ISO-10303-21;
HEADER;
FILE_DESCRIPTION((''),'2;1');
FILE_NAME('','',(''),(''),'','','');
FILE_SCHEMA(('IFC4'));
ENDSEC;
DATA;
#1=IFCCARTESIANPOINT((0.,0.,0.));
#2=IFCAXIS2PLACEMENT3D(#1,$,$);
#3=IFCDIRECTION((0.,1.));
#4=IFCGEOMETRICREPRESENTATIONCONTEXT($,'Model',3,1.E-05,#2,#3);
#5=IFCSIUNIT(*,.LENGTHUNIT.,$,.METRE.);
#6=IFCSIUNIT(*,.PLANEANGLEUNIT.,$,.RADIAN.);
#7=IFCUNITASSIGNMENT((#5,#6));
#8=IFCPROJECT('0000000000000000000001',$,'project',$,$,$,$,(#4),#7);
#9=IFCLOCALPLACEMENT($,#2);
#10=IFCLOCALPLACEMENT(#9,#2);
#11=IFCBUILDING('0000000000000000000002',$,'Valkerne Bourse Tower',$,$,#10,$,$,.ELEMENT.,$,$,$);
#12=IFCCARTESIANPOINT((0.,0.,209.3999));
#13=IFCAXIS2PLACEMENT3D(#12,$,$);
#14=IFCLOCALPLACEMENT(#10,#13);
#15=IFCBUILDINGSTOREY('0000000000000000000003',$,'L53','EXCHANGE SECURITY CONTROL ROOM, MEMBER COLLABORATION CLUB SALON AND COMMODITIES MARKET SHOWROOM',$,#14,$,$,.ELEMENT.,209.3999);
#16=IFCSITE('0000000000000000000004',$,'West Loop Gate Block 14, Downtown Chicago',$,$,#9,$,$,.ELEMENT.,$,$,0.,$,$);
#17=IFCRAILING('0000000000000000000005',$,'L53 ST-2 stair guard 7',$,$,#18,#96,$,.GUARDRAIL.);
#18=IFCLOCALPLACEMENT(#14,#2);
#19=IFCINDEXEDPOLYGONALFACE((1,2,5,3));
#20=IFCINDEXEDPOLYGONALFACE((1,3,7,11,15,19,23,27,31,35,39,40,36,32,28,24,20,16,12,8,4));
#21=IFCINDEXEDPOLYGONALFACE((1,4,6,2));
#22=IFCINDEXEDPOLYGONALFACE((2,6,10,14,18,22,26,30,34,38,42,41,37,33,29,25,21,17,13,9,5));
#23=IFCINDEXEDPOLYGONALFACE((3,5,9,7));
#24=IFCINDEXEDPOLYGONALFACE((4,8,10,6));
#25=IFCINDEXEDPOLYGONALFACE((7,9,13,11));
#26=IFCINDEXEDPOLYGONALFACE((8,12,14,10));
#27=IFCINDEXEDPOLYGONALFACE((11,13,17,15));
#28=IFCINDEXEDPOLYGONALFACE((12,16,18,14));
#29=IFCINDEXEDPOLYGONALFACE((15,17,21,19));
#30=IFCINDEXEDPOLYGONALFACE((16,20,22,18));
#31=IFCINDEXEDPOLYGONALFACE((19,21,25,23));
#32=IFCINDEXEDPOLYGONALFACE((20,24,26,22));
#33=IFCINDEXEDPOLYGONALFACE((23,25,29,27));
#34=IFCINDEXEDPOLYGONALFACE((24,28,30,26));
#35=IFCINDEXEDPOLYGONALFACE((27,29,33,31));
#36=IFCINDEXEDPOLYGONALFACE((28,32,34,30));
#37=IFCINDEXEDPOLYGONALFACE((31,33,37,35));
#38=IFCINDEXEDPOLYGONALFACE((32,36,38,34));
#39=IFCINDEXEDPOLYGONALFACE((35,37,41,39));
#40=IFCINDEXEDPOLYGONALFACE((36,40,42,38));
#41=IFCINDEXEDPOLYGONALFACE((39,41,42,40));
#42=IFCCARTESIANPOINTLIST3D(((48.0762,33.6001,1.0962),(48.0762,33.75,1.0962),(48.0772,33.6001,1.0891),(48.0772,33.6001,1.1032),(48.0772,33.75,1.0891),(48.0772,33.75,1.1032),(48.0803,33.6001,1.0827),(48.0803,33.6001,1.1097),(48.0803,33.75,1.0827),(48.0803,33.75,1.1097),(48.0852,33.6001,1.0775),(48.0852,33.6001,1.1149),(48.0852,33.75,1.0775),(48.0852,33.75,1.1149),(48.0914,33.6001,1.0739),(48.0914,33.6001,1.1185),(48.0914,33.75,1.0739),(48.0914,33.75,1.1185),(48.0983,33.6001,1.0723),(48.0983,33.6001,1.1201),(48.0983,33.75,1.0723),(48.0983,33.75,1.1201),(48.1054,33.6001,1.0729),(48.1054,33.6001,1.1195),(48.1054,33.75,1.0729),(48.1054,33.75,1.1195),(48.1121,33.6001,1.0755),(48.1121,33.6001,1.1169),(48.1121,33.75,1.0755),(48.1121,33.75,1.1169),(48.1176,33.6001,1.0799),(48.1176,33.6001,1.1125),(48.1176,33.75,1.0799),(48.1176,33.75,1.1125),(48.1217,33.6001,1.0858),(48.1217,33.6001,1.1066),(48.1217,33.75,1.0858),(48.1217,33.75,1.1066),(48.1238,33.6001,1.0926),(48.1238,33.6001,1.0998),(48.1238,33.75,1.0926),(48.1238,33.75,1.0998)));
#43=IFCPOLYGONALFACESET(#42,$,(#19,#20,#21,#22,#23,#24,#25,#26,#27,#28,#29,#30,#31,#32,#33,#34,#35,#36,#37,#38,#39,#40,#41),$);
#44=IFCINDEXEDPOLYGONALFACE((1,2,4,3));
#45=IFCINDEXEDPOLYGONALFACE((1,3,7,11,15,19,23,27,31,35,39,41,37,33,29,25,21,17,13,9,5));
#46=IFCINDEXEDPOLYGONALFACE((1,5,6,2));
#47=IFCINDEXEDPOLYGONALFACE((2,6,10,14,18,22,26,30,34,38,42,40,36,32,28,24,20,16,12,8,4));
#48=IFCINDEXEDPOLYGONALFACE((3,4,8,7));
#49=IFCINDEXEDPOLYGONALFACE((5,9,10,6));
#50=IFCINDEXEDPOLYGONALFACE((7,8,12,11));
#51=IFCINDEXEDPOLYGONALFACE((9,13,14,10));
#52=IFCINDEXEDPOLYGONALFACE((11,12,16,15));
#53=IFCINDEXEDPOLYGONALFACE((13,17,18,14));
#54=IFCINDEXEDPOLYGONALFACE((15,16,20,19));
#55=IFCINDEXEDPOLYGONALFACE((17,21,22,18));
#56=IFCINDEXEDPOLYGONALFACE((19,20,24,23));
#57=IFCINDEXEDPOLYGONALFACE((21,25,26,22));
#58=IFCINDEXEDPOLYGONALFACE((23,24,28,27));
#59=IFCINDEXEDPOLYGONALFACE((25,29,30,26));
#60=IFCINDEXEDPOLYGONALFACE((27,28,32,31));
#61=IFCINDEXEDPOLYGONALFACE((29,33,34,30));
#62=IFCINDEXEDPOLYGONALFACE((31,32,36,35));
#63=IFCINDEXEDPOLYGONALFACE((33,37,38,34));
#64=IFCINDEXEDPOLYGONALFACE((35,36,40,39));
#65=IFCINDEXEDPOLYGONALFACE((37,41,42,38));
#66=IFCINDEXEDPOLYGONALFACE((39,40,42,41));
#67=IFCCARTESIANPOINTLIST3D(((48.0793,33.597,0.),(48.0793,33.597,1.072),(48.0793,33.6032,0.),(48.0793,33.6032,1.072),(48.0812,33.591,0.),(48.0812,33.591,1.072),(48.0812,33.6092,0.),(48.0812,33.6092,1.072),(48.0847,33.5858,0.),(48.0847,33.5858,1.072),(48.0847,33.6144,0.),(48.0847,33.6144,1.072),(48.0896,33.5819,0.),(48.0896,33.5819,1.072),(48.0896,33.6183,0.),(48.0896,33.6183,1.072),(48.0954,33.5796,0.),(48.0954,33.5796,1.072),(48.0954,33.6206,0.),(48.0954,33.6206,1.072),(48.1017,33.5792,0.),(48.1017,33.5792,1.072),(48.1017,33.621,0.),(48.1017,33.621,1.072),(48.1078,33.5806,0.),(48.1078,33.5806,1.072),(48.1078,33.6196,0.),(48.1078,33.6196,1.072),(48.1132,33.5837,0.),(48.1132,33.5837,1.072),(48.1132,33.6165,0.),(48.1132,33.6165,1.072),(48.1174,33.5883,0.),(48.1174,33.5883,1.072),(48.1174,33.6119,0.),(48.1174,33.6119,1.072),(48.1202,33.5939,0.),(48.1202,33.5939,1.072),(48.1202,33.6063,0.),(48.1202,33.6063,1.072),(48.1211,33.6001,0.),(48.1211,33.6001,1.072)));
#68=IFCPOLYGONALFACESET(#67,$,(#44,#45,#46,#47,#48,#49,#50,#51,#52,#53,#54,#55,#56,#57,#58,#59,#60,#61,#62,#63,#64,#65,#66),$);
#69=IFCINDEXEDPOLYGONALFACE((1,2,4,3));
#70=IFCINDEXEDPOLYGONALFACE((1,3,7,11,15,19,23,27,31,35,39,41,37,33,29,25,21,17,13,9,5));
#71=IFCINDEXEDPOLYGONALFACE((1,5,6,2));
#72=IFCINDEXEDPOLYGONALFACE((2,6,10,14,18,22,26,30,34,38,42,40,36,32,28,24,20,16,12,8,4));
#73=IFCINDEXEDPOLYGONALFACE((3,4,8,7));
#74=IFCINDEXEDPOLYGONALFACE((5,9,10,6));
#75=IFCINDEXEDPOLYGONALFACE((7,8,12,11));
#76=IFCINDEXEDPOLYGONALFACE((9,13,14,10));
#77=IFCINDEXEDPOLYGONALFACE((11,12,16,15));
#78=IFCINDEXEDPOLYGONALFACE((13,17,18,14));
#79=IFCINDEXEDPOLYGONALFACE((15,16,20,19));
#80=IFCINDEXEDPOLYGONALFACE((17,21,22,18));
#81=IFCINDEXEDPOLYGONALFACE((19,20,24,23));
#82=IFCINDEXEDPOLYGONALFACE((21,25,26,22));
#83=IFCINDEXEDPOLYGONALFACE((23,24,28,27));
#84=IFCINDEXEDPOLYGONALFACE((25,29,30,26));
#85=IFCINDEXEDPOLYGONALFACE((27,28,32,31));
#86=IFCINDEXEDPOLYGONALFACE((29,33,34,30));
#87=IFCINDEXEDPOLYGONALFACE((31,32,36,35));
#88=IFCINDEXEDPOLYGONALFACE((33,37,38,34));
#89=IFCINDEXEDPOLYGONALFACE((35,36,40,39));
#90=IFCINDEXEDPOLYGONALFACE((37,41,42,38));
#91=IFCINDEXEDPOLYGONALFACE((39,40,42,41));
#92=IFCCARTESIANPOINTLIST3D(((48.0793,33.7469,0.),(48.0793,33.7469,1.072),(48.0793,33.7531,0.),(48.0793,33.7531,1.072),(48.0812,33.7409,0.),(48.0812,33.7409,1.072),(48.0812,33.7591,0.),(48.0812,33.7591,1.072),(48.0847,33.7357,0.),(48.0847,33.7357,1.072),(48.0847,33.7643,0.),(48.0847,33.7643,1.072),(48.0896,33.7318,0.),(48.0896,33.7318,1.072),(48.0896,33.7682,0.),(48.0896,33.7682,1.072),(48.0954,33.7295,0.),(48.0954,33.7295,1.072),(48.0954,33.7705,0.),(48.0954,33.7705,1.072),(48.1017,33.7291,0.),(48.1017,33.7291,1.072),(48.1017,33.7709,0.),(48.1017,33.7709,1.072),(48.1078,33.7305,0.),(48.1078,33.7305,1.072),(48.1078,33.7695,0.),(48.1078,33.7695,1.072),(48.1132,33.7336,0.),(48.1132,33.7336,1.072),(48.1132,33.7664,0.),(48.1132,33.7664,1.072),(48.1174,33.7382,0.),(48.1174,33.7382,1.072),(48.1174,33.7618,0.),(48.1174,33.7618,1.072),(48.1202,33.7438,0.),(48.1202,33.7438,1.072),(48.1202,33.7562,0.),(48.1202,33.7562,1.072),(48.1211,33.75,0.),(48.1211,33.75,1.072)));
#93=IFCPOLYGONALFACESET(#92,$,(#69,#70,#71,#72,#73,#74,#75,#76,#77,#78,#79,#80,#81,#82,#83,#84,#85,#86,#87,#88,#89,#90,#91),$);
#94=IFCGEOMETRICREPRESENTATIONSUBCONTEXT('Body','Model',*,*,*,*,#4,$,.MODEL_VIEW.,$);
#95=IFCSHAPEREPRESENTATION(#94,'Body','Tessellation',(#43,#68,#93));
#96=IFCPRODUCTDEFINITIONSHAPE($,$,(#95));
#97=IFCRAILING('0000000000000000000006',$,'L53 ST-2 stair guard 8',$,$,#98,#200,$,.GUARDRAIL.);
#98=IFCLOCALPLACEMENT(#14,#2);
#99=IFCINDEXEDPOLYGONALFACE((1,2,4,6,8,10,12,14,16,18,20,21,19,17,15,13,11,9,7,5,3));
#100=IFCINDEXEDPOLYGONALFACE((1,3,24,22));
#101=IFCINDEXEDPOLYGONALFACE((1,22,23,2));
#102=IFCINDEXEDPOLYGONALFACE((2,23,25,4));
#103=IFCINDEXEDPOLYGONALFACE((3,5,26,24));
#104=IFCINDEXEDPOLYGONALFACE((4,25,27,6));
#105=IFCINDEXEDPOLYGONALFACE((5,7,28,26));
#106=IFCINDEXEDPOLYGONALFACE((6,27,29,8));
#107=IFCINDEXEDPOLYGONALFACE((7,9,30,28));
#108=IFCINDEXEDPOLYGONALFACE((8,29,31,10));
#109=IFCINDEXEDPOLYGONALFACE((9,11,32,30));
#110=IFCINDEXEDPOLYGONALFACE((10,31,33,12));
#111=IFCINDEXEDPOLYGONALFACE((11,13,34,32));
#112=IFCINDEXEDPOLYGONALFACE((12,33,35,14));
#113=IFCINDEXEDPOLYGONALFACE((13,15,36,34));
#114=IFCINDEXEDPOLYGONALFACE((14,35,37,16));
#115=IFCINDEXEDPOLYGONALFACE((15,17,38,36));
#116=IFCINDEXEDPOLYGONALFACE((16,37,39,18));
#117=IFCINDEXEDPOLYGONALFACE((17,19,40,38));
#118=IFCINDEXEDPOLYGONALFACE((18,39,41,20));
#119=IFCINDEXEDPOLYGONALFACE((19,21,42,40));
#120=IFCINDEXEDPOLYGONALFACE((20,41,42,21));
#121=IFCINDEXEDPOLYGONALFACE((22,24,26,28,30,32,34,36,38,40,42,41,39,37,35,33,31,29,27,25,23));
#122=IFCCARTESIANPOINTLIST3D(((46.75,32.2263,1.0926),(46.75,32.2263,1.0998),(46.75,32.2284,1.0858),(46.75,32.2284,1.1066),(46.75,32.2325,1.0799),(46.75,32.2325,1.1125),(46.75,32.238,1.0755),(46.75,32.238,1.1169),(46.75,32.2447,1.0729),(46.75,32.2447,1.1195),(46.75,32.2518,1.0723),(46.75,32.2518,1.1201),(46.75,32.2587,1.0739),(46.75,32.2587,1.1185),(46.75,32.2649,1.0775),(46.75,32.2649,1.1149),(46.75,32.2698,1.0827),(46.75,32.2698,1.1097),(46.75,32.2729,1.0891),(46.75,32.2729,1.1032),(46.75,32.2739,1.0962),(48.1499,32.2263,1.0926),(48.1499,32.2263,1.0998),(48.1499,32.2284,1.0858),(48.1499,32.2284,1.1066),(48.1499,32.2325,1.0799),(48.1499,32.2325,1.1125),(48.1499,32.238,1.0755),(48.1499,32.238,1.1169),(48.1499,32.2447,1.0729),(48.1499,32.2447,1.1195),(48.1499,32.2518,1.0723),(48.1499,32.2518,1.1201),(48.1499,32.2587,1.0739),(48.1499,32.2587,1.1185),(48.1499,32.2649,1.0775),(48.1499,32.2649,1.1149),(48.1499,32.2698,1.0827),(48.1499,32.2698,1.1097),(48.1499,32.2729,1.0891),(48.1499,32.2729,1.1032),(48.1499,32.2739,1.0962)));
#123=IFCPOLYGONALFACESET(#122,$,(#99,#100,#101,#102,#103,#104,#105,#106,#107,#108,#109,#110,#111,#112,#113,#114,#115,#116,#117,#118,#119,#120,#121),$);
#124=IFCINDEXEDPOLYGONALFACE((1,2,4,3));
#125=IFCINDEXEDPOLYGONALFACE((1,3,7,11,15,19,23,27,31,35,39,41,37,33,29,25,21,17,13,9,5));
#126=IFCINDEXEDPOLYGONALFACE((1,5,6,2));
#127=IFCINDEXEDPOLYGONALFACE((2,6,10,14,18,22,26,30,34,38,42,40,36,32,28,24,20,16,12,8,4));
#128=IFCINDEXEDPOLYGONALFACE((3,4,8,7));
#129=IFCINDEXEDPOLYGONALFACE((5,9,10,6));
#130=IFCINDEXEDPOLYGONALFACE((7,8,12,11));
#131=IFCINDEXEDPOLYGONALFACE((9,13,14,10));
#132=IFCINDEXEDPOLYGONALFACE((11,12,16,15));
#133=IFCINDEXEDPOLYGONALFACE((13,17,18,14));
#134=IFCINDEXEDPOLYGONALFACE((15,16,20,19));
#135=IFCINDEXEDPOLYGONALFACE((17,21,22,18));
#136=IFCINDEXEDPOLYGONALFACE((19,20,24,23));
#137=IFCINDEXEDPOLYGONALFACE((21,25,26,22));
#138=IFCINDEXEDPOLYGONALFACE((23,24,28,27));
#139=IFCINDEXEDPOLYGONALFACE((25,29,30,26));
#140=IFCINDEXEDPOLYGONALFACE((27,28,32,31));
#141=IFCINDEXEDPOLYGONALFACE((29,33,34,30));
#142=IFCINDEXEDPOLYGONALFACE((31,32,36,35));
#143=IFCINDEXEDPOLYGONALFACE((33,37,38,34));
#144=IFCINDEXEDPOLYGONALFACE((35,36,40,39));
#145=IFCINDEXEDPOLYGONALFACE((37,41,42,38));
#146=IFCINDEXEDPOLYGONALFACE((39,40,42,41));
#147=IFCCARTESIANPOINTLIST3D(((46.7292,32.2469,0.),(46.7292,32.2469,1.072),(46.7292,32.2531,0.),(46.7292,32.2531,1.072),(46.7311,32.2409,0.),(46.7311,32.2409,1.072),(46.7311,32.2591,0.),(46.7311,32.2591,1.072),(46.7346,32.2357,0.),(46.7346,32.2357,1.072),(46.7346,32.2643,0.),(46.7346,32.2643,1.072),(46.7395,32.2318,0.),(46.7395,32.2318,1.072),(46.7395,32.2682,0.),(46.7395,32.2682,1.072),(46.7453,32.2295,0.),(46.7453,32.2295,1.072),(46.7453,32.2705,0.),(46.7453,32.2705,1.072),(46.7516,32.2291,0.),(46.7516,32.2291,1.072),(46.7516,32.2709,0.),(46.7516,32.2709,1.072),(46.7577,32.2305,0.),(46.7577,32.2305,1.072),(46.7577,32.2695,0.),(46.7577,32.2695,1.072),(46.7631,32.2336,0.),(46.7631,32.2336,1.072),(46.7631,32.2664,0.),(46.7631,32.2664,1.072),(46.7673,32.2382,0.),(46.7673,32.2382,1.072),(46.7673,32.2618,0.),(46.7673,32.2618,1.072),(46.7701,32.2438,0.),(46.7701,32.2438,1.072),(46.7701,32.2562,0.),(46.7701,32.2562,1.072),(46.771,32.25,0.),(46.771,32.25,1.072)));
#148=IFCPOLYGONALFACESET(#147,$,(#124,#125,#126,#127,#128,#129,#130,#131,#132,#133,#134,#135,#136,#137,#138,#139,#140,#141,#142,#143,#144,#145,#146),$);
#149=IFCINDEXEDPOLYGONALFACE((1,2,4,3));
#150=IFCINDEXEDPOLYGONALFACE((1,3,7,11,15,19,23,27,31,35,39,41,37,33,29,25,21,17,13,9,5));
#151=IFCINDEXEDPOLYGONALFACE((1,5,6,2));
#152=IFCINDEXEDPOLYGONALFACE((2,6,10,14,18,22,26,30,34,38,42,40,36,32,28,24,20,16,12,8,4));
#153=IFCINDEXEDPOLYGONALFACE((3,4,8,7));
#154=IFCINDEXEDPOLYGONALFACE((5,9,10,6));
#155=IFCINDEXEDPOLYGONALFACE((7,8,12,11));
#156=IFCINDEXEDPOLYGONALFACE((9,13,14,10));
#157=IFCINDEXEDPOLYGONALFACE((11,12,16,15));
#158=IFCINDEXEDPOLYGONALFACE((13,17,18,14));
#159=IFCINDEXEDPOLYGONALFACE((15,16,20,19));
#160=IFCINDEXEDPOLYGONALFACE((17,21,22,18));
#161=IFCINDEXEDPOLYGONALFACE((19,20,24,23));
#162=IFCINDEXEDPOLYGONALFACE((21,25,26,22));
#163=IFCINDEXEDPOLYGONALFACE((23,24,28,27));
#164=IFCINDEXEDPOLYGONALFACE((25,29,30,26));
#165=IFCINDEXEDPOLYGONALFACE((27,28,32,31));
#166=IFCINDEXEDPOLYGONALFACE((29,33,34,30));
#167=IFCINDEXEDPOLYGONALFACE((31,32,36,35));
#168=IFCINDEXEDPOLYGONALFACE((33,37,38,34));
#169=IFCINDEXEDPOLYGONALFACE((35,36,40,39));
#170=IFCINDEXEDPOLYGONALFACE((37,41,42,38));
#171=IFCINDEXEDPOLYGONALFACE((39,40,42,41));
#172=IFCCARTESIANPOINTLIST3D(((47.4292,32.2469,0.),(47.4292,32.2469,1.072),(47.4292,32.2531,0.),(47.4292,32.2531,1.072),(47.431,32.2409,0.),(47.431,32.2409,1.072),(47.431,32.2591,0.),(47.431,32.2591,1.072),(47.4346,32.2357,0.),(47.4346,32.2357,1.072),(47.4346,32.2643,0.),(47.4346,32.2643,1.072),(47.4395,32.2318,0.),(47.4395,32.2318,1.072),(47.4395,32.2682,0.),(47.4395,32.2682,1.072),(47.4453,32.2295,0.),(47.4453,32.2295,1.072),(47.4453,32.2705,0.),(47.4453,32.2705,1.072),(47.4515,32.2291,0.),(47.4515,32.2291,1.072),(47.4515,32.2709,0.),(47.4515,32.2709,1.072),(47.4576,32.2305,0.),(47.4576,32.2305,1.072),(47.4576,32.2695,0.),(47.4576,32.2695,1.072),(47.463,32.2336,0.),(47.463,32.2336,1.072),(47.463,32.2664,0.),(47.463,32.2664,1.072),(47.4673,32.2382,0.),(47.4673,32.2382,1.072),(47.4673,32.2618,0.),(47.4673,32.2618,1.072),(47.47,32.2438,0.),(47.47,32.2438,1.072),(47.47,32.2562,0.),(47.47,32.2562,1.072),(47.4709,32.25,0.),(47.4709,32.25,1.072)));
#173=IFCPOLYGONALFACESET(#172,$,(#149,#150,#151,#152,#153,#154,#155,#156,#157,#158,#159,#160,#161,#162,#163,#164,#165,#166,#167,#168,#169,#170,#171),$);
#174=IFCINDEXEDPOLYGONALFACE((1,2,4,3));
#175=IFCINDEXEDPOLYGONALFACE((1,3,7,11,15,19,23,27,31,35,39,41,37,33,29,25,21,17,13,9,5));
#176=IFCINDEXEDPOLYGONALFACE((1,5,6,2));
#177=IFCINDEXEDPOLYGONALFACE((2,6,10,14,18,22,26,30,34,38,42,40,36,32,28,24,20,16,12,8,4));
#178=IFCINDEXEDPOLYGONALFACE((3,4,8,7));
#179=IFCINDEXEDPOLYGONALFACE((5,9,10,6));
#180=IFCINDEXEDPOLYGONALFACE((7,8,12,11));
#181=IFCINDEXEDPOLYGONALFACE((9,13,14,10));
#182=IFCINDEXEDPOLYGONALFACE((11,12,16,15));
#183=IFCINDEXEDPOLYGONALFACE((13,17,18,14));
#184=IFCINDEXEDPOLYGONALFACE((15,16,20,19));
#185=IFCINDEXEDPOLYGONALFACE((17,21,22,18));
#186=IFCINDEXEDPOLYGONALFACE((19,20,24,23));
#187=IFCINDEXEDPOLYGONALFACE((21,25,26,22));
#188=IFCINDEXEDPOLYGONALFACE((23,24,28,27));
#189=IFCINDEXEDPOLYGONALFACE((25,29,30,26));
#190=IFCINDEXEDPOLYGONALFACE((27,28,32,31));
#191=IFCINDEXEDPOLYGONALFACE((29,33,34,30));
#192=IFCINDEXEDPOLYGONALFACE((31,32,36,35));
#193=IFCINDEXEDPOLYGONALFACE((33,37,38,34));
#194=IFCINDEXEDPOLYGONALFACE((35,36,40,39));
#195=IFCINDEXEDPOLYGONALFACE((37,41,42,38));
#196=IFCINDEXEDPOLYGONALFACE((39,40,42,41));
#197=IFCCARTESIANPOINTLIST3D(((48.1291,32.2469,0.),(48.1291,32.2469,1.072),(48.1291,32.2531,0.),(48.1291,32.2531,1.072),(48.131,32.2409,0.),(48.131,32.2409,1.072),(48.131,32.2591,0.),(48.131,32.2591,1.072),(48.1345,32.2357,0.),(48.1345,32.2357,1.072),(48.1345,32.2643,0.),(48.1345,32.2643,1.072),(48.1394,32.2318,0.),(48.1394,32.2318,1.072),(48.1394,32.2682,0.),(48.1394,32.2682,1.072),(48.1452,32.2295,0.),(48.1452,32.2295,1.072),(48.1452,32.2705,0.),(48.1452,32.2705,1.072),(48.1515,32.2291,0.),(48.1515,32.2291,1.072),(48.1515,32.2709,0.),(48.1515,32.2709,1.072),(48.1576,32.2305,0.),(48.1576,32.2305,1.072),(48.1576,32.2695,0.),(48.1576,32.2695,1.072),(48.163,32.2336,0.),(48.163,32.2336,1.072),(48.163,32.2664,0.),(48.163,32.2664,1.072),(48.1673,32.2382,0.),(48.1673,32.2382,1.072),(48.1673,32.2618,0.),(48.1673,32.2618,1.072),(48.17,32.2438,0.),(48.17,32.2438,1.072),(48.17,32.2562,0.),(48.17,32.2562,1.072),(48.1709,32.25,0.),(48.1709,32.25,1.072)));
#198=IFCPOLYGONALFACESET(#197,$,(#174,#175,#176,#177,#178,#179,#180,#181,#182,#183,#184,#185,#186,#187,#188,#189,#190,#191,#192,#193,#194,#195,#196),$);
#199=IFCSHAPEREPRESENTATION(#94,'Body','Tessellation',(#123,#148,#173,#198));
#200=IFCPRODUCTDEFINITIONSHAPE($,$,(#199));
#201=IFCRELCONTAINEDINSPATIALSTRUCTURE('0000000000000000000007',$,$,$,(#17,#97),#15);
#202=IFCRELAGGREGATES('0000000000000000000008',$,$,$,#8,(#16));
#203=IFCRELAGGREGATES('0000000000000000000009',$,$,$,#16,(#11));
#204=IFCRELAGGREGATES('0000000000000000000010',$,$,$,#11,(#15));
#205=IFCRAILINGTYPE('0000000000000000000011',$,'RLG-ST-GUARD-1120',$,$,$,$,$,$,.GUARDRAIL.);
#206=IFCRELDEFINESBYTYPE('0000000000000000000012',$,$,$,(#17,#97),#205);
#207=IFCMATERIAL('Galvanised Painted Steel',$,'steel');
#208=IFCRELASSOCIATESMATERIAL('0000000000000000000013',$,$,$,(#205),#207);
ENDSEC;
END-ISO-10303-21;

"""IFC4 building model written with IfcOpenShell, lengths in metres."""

from ifc_helpers import new_model, si_unit, direction, frame, origin, origin_2d, place, context, subcontext, project, spatial, circle, extrude, material, type_object, element, save


model = new_model("IFC4")

# Units and contexts
model_context = context("Model", 3, precision=1e-05, world=origin(), true_north=direction((0.0, 1.0)))
body_context = subcontext(model_context, "Body", "Model", "MODEL_VIEW")
ifc_project = project(units=[si_unit("LENGTHUNIT", "METRE"), si_unit("PLANEANGLEUNIT", "RADIAN")], contexts=[model_context])

# Site, building, storey
site_placement = place(None, origin())
site = spatial("IfcSite", under=ifc_project, at=site_placement, Name="West Loop Gate Block 14, Downtown Chicago", CompositionType="ELEMENT", RefElevation=0.0)
building_placement = place(site_placement, origin())
building = spatial("IfcBuilding", under=site, at=building_placement, Name="Valkerne Bourse Tower", CompositionType="ELEMENT")
storey_placement = place(building_placement, frame((0.0, 0.0, 209.3999)))
storey = spatial("IfcBuildingStorey", under=building, at=storey_placement, Name="L53", Description="EXCHANGE SECURITY CONTROL ROOM, MEMBER COLLABORATION CLUB SALON AND COMMODITIES MARKET SHOWROOM", CompositionType="ELEMENT", Elevation=209.3999)

# Shared definitions
ifc_material_1 = material(Name="Galvanised Painted Steel", Category="steel")

# Railings
railing_type_1 = type_object("IfcRailingType", Name="RLG-ST-GUARD-1120", PredefinedType="GUARDRAIL", material=ifc_material_1)
railing_1_placement = place(storey_placement, frame((48.1001, 33.6001, 0.0)))
element("IfcRailing", 1, at=railing_1_placement, inside=storey, type_object=railing_type_1, Name="L53 ST-2 stair guard 7", PredefinedType="GUARDRAIL", context=body_context, shape_type="SweptSolid", body=[
    extrude(circle(Radius=0.0239, at=origin_2d()), frame((0.0, 0.0, 1.0962), z_axis=(0.0, 1.0, 0.0), x_axis=(-1.0, 0.0, 0.0)), (0.0, 0.0, 1.0), 0.1499),
    extrude(circle(Radius=0.021, at=origin_2d()), origin(), (0.0, 0.0, 1.0), 1.072),
    extrude(circle(Radius=0.021, at=origin_2d()), frame((0.0, 0.1499, 0.0)), (0.0, 0.0, 1.0), 1.072),
])
for number, where, name in (
    (2, (46.75, 32.25, 0.0), "L53 ST-2 stair guard 8"),
):
    element("IfcRailing", number, at=place(storey_placement, frame(where)), inside=storey, type_object=railing_type_1, Name=name, PredefinedType="GUARDRAIL", context=body_context, shape_type="SweptSolid", body=[
        extrude(circle(Radius=0.0239, at=origin_2d()), frame((0.0, 0.0, 1.0962), z_axis=(1.0, 0.0, 0.0), x_axis=(0.0, 1.0, 0.0)), (0.0, 0.0, 1.0), 1.3999),
        extrude(circle(Radius=0.021, at=origin_2d()), origin(), (0.0, 0.0, 1.0), 1.072),
        extrude(circle(Radius=0.021, at=origin_2d()), frame((0.7, 0.0, 0.0)), (0.0, 0.0, 1.0), 1.072),
        extrude(circle(Radius=0.021, at=origin_2d()), frame((1.3999, 0.0, 0.0)), (0.0, 0.0, 1.0), 1.072),
    ])

save(model, "model.ifc")
